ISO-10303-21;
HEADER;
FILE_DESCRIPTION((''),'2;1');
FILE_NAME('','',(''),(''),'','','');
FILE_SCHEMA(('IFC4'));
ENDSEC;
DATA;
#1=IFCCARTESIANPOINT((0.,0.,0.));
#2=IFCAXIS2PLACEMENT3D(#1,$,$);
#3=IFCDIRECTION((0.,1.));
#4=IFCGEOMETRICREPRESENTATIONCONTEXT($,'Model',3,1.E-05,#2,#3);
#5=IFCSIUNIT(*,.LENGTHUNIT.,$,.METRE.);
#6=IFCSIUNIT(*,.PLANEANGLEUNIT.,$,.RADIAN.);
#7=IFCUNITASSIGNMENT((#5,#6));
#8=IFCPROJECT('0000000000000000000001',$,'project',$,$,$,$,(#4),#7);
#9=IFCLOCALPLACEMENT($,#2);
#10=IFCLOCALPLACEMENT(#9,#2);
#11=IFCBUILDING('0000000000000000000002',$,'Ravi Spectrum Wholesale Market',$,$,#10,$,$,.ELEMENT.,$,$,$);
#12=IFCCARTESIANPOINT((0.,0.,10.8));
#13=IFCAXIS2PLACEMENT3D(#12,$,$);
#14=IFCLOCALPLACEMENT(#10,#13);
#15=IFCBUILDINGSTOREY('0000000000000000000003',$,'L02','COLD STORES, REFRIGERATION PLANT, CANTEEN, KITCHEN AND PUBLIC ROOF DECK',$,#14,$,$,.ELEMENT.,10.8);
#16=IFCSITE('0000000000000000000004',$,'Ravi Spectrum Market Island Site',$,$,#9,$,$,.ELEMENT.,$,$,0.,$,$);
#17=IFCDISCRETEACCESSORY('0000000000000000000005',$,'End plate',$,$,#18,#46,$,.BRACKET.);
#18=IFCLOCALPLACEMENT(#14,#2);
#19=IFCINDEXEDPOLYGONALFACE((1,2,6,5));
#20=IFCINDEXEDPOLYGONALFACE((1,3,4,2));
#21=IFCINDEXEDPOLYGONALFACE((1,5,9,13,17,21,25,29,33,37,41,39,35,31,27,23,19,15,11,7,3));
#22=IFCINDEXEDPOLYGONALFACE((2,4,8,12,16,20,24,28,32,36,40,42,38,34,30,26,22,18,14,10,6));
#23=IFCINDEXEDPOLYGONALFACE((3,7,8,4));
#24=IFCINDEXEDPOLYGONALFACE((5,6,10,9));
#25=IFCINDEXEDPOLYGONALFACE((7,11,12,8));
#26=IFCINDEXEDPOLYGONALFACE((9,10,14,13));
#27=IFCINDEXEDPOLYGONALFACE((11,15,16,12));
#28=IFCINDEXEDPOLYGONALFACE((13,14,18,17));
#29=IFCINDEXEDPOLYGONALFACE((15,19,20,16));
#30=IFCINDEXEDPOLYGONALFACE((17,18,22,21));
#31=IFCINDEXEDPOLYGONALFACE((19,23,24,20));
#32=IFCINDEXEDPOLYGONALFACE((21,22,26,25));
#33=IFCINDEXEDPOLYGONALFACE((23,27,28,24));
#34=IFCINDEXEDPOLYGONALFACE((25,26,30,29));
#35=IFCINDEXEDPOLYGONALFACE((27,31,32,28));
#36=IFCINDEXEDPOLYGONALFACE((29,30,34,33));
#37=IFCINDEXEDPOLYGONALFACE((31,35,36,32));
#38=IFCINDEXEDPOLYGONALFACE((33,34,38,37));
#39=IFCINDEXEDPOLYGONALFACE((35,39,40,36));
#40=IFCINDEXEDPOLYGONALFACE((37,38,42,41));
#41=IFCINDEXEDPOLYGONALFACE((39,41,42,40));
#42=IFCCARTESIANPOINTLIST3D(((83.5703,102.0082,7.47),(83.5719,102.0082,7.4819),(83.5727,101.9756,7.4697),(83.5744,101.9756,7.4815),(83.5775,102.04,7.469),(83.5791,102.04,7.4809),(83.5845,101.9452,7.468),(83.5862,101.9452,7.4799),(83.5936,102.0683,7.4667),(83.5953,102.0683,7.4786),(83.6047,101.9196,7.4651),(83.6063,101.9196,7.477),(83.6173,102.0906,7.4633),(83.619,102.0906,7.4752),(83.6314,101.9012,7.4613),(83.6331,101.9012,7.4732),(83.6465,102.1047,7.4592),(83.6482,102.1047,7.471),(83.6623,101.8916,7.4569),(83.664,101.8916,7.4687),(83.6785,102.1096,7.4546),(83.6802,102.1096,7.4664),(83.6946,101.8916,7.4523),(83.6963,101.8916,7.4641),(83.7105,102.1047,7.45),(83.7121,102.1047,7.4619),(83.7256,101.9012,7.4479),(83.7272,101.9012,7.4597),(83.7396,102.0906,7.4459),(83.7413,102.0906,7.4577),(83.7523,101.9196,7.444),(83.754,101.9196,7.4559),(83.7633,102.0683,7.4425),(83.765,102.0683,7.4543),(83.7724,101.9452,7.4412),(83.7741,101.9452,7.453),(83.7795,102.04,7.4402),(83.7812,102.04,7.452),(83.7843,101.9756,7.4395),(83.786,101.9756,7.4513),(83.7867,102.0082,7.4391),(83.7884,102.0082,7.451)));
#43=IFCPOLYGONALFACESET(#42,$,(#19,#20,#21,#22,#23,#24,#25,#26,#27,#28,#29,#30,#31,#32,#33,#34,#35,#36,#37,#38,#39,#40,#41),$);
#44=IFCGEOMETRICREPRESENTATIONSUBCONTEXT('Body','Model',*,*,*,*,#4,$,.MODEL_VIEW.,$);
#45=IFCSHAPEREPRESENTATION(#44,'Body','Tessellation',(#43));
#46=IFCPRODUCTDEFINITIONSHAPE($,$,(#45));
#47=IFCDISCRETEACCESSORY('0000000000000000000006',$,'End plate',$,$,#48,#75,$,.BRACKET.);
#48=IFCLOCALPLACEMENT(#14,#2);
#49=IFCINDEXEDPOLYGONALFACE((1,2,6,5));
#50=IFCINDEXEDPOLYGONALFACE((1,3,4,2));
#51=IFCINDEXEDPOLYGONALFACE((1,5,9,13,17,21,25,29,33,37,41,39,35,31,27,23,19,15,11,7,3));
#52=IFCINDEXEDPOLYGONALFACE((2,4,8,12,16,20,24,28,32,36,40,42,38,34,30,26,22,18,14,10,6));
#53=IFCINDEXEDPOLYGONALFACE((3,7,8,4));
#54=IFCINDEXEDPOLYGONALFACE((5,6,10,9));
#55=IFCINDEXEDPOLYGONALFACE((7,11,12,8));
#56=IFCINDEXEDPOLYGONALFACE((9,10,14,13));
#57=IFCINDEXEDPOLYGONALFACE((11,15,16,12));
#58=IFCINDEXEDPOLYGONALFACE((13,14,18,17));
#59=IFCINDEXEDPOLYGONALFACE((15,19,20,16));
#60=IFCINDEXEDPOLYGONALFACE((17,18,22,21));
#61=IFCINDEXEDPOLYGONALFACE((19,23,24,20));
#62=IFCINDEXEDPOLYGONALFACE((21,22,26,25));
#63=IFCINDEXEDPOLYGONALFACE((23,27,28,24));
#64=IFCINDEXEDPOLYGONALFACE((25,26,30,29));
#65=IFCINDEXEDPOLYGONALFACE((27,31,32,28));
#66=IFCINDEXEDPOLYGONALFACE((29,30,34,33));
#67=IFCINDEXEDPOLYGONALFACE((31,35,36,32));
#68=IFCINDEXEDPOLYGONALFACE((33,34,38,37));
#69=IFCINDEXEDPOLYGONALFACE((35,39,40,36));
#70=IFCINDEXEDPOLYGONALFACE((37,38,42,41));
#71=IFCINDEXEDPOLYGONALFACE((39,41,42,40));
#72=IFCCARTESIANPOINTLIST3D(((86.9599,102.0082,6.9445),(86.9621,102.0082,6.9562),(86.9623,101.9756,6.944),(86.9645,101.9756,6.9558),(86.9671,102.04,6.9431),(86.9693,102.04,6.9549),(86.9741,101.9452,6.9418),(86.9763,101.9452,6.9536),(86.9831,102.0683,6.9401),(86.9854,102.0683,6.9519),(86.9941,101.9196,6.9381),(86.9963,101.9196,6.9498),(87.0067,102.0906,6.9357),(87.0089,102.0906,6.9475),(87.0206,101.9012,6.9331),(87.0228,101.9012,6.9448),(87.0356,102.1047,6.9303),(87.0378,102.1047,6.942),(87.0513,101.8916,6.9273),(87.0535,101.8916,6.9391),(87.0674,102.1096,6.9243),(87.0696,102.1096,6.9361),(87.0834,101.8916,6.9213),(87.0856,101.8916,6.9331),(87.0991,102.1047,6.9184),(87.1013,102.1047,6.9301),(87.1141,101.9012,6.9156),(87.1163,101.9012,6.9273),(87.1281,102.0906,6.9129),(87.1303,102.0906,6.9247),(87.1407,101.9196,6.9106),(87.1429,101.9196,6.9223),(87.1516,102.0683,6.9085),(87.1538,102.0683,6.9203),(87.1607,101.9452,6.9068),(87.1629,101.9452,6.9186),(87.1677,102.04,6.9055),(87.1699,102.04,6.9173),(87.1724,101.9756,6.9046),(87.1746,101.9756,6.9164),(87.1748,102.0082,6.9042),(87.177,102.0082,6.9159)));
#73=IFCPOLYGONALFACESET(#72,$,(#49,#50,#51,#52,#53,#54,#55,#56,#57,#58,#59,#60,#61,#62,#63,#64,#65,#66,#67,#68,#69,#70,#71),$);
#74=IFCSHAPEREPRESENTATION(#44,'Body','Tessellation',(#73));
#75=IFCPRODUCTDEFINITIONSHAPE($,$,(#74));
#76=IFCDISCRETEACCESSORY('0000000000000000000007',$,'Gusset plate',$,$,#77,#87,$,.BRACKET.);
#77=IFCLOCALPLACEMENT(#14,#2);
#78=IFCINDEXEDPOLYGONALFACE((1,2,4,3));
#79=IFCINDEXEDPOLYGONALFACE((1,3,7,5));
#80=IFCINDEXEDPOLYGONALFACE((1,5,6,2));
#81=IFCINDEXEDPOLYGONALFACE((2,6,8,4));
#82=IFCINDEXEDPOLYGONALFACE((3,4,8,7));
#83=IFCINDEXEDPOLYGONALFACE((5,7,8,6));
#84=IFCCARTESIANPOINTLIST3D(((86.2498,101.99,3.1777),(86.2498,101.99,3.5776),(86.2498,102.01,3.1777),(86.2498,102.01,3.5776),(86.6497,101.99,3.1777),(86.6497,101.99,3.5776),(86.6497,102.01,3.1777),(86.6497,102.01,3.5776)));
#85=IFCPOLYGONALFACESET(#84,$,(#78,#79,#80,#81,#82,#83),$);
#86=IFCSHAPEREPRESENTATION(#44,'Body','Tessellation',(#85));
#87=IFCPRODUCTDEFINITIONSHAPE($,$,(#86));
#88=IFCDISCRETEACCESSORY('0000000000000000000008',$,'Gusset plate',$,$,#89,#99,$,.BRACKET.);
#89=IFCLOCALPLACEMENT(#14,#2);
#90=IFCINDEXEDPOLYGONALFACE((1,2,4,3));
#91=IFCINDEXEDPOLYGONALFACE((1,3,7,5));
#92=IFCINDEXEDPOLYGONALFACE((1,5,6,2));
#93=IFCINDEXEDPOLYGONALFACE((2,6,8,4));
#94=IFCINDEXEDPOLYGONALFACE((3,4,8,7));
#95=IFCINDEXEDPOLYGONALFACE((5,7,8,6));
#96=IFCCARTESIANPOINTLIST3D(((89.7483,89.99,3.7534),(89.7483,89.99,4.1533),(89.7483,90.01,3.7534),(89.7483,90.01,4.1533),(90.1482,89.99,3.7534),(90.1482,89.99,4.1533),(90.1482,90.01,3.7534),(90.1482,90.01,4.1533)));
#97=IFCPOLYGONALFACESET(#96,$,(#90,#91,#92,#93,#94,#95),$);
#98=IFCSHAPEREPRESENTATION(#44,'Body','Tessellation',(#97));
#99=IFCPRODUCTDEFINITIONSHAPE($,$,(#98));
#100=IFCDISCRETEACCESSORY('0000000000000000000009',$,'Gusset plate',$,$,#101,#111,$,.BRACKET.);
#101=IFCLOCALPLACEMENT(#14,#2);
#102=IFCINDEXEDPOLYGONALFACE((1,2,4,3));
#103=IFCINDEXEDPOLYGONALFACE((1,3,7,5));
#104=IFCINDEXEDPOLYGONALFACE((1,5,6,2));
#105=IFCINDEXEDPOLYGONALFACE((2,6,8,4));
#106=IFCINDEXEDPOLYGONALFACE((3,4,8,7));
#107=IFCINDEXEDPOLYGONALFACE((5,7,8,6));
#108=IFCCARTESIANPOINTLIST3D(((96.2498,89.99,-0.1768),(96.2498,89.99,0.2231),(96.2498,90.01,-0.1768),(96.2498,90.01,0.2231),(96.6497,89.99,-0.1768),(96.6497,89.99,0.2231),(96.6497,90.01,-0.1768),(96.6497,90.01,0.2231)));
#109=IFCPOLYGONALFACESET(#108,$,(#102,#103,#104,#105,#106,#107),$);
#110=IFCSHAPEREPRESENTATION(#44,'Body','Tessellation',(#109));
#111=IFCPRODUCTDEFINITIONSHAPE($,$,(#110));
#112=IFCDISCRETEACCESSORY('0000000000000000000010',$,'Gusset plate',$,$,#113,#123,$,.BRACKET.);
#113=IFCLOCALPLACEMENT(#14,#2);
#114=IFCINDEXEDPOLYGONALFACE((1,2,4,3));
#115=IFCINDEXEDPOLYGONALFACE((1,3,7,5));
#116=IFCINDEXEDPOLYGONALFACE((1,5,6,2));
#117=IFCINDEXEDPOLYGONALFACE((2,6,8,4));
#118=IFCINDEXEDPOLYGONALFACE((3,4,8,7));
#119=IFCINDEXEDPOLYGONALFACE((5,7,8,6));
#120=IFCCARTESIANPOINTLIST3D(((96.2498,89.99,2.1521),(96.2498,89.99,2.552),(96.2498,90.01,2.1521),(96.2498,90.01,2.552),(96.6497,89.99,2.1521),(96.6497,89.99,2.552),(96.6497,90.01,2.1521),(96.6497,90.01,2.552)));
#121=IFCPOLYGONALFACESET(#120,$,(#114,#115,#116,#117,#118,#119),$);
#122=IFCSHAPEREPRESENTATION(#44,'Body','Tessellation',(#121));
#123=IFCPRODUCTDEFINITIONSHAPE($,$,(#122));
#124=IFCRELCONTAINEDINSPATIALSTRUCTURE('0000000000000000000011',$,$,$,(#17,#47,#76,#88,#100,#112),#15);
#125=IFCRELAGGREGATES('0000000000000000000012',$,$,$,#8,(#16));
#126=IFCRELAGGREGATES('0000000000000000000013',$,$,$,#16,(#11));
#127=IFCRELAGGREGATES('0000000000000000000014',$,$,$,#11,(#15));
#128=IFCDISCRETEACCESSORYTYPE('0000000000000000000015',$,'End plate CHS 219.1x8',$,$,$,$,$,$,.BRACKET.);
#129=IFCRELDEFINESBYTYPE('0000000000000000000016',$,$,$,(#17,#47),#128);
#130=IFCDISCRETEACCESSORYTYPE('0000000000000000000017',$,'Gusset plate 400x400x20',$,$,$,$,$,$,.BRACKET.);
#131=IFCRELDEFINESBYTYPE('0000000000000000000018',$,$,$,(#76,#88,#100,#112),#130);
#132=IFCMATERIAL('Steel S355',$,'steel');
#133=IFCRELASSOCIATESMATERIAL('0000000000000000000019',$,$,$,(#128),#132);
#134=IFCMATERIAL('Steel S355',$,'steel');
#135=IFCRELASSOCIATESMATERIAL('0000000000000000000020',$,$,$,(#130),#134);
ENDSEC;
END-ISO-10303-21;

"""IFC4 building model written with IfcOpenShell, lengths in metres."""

from ifc_helpers import new_model, si_unit, direction, frame, origin, origin_2d, place, context, subcontext, project, spatial, rectangle, circle, extrude, material, material_profile, profile_set, type_object, element, save


model = new_model("IFC4")

# Units and contexts
model_context = context("Model", 3, precision=1e-05, world=origin(), true_north=direction((0.0, 1.0)))
body_context = subcontext(model_context, "Body", "Model", "MODEL_VIEW")
ifc_project = project(units=[si_unit("LENGTHUNIT", "METRE"), si_unit("PLANEANGLEUNIT", "RADIAN")], contexts=[model_context])

# Site, building, storey
site_placement = place(None, origin())
site = spatial("IfcSite", under=ifc_project, at=site_placement, Name="Ravi Spectrum Market Island Site", CompositionType="ELEMENT", RefElevation=0.0)
building_placement = place(site_placement, origin())
building = spatial("IfcBuilding", under=site, at=building_placement, Name="Ravi Spectrum Wholesale Market", CompositionType="ELEMENT")
storey_placement = place(building_placement, frame((0.0, 0.0, 10.8)))
storey = spatial("IfcBuildingStorey", under=building, at=storey_placement, Name="L02", Description="COLD STORES, REFRIGERATION PLANT, CANTEEN, KITCHEN AND PUBLIC ROOF DECK", CompositionType="ELEMENT", Elevation=10.8)

# Discrete accessories
ifc_material_1 = material(Name="Steel S355", Category="steel")
ifc_material_profile_1 = material_profile(ifc_material_1, circle(Radius=0.1096, at=origin_2d()))
ifc_profile_set_1 = profile_set([ifc_material_profile_1], Name="Steel S355")
discrete_accessory_type_1 = type_object("IfcDiscreteAccessoryType", Name="End plate CHS 219.1x8", PredefinedType="BRACKET", material=ifc_profile_set_1)
for number, where, z_axis, x_axis, name in (
    (1, (83.6785, 102.0, 7.4546), (0.141421, 0.0, 0.989949), (0.0, 1.0, 0.0), "End plate"),
    (2, (87.0674, 102.0, 6.9243), (0.184289, 0.0, 0.982872), (0.0, 1.0, 0.0), "End plate"),
):
    element("IfcDiscreteAccessory", number, at=place(storey_placement, frame(where, z_axis=z_axis, x_axis=x_axis)), inside=storey, type_object=discrete_accessory_type_1, Name=name, PredefinedType="BRACKET", context=body_context, shape_type="SweptSolid", body=[
        extrude(circle(Radius=0.1096, at=origin_2d()), origin(), (0.0, 0.0, 1.0), 0.012),
    ])
ifc_material_2 = material(Name="Steel S355", Category="steel")
ifc_material_profile_2 = material_profile(ifc_material_2, rectangle(XDim=0.3999, YDim=0.02, at=origin_2d()))
ifc_profile_set_2 = profile_set([ifc_material_profile_2], Name="Steel S355")
discrete_accessory_type_2 = type_object("IfcDiscreteAccessoryType", Name="Gusset plate 400x400x20", PredefinedType="BRACKET", material=ifc_profile_set_2)
for number, where, z_axis, x_axis, name in (
    (3, (86.4497, 102.0, 3.1777), (0.0, 0.0, 1.0), (-1.0, 0.0, 0.0), "Gusset plate"),
    (4, (89.9482, 90.0, 3.7534), (0.0, 0.0, 1.0), (-1.0, 0.0, 0.0), "Gusset plate"),
    (5, (96.4497, 90.0, -0.1768), (0.0, 0.0, 1.0), (1.0, 0.0, 0.0), "Gusset plate"),
    (6, (96.4497, 90.0, 2.1521), (0.0, 0.0, 1.0), (-1.0, 0.0, 0.0), "Gusset plate"),
):
    element("IfcDiscreteAccessory", number, at=place(storey_placement, frame(where, z_axis=z_axis, x_axis=x_axis)), inside=storey, type_object=discrete_accessory_type_2, Name=name, PredefinedType="BRACKET", context=body_context, shape_type="SweptSolid", body=[
        extrude(rectangle(XDim=0.3999, YDim=0.02, at=origin_2d()), origin(), (0.0, 0.0, 1.0), 0.3999),
    ])

save(model, "model.ifc")
